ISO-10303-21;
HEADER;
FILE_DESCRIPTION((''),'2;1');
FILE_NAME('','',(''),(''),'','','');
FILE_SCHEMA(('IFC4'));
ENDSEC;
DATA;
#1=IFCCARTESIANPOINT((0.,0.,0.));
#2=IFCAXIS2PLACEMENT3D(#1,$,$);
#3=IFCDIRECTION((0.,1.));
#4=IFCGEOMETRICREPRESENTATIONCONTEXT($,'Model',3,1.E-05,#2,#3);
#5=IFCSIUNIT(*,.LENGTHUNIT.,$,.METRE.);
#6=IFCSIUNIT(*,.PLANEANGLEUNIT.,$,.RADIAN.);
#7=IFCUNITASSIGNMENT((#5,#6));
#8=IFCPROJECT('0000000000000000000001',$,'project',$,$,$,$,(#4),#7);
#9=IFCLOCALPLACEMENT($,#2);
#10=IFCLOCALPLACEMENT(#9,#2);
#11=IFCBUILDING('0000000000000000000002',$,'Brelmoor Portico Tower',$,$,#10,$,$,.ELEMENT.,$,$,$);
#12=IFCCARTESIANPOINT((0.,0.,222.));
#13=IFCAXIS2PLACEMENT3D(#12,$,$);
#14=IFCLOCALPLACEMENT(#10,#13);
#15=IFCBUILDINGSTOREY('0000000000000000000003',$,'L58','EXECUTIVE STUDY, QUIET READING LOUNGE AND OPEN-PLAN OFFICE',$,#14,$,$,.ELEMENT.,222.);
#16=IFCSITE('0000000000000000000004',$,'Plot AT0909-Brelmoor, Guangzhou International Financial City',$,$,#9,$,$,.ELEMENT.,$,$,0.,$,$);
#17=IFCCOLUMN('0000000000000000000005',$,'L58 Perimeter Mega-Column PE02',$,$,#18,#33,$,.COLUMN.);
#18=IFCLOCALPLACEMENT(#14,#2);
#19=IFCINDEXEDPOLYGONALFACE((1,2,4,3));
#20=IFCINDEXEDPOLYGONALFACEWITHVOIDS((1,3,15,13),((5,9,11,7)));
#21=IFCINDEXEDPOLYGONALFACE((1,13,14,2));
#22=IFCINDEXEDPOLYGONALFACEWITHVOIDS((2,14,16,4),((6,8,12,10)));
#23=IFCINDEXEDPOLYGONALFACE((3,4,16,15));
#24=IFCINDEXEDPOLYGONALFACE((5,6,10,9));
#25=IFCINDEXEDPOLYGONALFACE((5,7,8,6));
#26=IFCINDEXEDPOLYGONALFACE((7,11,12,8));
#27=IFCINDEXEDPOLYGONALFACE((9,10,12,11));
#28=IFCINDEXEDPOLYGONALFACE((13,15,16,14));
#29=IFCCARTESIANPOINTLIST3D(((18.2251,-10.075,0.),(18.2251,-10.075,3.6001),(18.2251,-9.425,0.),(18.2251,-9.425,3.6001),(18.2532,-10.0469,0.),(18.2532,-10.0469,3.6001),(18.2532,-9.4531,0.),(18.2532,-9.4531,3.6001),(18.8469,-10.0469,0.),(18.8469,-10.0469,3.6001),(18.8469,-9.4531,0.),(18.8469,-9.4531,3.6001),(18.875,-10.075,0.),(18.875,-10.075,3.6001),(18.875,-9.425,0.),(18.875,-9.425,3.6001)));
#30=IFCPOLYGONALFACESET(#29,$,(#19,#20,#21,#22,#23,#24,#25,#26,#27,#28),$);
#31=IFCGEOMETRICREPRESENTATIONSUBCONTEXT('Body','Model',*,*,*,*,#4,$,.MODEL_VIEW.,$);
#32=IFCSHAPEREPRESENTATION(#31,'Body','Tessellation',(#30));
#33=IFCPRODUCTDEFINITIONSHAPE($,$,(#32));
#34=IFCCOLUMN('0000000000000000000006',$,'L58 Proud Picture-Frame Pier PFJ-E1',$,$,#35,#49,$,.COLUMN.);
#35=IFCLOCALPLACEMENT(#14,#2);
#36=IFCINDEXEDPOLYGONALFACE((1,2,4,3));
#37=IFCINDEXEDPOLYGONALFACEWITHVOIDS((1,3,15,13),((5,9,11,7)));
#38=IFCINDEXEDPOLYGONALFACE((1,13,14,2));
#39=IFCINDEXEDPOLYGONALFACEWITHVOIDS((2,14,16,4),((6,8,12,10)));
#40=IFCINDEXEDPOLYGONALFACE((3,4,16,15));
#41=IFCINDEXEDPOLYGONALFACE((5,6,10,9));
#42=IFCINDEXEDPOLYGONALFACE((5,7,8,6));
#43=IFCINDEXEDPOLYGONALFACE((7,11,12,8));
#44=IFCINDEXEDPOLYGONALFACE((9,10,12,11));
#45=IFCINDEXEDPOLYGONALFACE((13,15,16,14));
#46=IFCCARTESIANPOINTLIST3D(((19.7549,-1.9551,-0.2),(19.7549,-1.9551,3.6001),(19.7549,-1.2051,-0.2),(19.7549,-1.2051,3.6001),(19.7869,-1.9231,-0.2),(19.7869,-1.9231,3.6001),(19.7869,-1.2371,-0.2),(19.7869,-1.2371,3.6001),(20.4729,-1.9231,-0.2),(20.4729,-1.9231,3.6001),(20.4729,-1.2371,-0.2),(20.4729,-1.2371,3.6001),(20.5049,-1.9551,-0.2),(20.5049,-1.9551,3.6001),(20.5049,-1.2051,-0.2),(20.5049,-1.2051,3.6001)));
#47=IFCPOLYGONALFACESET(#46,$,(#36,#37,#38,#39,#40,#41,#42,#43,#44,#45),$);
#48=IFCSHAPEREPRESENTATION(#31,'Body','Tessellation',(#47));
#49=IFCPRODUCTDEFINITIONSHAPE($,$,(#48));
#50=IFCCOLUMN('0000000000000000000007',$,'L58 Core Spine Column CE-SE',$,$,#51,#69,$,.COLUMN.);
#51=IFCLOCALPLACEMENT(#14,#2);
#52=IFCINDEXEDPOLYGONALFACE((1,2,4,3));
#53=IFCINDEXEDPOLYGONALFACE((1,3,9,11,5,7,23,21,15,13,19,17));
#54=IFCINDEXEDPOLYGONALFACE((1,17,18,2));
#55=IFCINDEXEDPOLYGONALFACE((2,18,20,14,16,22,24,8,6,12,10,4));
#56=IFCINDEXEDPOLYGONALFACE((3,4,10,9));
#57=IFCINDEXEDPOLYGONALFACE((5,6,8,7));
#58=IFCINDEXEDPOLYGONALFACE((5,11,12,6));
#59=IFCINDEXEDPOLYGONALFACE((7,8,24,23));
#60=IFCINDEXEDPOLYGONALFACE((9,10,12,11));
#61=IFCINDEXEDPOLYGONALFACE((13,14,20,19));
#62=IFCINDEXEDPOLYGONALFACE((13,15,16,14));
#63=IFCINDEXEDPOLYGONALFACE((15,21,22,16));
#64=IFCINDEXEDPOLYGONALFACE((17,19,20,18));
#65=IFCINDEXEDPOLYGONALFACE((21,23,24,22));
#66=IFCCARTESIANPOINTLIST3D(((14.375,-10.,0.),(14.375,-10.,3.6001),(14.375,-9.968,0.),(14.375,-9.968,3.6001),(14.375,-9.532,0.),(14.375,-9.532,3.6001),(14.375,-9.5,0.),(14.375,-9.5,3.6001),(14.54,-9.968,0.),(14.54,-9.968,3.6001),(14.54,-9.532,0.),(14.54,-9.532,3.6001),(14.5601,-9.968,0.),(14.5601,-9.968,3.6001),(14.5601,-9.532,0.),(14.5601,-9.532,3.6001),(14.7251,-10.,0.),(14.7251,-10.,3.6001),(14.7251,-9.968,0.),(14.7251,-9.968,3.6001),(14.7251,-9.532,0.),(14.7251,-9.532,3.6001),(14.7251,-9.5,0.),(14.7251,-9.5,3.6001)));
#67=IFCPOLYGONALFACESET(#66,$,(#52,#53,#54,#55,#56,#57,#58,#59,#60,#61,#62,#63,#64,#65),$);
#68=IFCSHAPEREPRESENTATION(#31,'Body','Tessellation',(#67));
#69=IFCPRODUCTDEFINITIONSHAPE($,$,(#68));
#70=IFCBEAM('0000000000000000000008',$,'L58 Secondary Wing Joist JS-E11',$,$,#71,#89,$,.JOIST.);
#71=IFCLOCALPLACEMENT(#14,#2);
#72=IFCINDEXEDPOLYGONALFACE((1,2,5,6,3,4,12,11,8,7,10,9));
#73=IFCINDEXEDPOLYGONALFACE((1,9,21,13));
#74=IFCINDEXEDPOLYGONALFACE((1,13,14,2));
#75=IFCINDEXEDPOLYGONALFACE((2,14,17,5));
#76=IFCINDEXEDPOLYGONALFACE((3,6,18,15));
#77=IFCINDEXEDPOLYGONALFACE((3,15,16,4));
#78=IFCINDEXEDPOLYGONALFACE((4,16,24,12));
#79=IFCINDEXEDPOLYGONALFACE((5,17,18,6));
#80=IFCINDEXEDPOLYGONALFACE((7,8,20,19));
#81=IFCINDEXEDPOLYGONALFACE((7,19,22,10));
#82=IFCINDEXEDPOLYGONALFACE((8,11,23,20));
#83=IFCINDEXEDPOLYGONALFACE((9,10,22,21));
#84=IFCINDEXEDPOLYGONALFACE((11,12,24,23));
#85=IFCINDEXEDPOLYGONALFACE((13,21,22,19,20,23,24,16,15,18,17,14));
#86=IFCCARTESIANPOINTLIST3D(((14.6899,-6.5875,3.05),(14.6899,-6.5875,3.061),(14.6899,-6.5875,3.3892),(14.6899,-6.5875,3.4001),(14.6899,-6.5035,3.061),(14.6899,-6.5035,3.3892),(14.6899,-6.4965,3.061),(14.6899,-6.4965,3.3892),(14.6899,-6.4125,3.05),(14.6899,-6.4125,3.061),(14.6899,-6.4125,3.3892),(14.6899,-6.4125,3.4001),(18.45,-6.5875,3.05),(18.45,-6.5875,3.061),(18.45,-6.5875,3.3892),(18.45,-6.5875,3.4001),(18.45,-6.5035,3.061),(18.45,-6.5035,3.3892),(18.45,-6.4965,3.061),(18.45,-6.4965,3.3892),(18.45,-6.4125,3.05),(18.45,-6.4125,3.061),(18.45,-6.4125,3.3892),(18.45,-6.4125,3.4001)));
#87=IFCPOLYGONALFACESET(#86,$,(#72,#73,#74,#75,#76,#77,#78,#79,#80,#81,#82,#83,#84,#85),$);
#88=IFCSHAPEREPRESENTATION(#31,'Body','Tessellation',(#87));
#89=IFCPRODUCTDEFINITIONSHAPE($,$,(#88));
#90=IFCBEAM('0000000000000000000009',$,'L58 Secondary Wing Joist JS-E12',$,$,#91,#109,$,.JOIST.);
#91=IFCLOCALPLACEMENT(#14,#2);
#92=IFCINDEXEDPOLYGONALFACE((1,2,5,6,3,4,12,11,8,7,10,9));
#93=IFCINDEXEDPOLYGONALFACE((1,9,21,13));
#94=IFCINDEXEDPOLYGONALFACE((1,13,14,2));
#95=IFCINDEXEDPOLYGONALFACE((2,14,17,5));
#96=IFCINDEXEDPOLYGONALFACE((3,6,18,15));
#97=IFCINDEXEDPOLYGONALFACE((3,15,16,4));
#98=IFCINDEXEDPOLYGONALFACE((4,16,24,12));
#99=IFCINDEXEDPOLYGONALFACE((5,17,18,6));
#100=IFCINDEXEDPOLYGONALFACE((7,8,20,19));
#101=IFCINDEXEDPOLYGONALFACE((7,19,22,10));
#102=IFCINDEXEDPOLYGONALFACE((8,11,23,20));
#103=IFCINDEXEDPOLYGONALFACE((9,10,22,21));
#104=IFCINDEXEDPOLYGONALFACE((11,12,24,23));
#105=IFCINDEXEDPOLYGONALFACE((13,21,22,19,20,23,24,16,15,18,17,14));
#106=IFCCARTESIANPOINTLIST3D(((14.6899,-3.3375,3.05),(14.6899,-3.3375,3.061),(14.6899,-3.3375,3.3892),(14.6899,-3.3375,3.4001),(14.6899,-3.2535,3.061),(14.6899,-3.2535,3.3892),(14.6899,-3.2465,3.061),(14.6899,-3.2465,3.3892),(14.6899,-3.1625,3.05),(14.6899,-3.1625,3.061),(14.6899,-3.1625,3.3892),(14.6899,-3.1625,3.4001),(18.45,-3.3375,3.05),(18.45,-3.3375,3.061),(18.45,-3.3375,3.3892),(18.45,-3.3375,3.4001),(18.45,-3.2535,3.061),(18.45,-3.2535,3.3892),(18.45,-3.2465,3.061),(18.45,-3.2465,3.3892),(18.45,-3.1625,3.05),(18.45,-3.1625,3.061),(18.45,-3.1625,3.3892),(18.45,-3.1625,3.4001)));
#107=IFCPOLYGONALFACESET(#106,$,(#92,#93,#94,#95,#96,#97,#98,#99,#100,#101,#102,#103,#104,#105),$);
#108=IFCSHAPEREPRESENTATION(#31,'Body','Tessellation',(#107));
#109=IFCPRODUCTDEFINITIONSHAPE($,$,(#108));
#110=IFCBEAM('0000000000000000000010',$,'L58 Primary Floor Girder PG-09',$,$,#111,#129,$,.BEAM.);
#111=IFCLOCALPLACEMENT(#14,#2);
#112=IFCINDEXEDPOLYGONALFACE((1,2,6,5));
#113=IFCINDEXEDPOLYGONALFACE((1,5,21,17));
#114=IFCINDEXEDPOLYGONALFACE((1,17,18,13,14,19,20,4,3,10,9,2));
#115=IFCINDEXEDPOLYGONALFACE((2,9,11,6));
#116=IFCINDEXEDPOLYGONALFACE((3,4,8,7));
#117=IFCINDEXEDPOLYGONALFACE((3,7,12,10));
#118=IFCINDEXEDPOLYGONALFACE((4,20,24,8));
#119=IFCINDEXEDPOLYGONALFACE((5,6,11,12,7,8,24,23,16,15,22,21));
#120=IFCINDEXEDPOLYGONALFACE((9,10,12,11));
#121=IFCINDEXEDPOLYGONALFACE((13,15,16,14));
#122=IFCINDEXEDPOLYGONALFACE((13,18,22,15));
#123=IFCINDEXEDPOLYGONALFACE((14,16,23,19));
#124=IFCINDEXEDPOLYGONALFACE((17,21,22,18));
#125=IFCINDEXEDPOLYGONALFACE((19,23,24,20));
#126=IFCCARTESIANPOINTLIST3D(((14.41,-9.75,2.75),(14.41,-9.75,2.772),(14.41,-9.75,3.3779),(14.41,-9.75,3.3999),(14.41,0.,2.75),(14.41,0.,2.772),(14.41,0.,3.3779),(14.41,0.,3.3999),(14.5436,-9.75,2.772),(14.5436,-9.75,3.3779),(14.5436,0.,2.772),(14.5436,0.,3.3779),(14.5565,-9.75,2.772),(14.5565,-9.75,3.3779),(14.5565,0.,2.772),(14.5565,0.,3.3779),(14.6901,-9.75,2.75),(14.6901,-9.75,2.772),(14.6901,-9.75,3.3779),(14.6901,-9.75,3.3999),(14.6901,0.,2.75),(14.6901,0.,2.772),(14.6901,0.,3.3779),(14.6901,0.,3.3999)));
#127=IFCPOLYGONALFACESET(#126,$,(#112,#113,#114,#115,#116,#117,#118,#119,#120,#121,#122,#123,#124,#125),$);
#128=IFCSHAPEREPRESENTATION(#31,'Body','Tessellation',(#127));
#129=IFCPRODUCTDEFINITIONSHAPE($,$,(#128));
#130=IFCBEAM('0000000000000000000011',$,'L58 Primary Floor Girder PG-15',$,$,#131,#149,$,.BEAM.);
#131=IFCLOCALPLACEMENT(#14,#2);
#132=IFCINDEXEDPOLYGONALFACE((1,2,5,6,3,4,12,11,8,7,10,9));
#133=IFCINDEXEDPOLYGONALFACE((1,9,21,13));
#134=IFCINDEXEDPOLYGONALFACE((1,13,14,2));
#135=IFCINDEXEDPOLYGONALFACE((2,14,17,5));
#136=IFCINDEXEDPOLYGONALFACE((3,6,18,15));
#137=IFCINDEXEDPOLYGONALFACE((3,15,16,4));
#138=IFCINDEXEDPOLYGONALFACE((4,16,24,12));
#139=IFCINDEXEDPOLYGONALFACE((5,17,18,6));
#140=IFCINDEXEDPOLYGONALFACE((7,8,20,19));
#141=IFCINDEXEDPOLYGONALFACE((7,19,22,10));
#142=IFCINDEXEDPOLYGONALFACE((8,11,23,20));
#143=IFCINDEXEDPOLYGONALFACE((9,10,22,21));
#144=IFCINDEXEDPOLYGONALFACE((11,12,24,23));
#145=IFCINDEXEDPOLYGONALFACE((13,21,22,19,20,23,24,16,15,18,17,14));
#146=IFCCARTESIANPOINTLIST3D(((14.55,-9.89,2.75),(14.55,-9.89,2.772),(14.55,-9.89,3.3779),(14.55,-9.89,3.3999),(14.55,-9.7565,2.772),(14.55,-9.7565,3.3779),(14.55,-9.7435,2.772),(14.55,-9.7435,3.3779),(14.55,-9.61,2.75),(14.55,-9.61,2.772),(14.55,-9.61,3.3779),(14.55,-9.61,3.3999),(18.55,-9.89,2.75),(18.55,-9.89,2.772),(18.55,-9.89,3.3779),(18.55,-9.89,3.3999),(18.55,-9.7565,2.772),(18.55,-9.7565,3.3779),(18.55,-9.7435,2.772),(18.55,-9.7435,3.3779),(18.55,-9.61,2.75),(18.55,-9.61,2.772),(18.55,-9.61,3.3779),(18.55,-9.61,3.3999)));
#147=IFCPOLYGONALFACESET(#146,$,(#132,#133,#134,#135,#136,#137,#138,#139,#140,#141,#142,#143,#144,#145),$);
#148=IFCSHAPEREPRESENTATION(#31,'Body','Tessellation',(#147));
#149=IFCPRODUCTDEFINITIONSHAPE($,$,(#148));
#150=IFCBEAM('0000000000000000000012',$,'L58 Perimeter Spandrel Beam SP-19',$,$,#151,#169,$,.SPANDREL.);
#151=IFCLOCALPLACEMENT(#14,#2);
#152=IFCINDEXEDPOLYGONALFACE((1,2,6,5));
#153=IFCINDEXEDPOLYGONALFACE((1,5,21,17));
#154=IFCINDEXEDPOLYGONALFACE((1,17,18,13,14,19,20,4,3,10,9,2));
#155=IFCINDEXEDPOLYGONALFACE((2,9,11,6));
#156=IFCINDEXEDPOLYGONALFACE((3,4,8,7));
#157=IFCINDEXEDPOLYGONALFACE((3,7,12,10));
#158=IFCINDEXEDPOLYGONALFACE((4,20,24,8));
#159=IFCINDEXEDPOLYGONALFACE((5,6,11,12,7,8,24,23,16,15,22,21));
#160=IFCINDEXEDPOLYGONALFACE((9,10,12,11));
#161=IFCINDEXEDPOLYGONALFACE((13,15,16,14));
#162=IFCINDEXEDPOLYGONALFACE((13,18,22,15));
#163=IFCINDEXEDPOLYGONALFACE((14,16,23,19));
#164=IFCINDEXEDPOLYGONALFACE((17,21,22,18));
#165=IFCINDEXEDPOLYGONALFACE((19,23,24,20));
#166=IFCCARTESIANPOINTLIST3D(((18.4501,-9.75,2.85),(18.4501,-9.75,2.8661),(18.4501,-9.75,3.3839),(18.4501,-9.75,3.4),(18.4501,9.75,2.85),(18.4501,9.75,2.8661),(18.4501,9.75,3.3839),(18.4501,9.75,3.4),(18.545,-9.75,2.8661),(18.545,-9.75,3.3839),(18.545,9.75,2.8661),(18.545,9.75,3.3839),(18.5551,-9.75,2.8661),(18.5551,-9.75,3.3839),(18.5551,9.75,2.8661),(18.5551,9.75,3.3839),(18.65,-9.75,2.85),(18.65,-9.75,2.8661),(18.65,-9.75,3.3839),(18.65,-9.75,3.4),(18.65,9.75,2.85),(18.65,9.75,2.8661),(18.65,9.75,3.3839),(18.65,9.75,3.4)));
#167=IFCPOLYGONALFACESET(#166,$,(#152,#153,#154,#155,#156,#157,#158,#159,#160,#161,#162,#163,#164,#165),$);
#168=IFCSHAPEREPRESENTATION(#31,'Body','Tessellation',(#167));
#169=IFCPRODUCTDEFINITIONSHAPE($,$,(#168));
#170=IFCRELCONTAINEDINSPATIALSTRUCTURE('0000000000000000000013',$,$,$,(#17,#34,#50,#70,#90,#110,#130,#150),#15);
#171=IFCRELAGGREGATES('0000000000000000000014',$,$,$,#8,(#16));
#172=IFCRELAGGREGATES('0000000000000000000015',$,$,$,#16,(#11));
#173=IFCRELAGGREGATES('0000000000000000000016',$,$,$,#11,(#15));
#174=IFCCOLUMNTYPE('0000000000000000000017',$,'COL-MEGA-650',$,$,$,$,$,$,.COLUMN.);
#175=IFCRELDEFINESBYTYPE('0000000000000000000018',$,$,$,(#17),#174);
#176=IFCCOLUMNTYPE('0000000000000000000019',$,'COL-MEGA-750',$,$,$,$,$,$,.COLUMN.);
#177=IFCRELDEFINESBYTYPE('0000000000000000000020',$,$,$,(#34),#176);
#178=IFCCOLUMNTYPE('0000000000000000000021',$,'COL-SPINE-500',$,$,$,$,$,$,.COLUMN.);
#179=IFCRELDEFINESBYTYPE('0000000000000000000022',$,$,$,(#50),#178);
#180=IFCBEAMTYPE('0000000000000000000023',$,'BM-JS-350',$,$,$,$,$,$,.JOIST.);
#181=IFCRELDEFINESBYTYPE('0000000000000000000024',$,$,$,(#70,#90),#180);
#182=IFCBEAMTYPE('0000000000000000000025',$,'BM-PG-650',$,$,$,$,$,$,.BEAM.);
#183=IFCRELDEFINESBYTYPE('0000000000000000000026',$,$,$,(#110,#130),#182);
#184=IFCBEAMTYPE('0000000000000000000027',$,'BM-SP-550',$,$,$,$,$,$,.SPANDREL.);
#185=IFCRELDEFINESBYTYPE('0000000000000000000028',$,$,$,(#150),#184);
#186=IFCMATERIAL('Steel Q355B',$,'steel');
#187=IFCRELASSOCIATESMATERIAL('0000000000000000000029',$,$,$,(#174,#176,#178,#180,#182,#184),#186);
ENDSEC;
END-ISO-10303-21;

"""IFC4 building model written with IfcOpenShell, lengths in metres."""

from ifc_helpers import new_model, si_unit, direction, frame, origin, origin_2d, place, context, subcontext, project, spatial, hollow_rectangle, i_section, extrude, material, material_profile, profile_set, type_object, element, save


model = new_model("IFC4")

# Units and contexts
model_context = context("Model", 3, precision=1e-05, world=origin(), true_north=direction((0.0, 1.0)))
body_context = subcontext(model_context, "Body", "Model", "MODEL_VIEW")
ifc_project = project(units=[si_unit("LENGTHUNIT", "METRE"), si_unit("PLANEANGLEUNIT", "RADIAN")], contexts=[model_context])

# Site, building, storey
site_placement = place(None, origin())
site = spatial("IfcSite", under=ifc_project, at=site_placement, Name="Plot AT0909-Brelmoor, Guangzhou International Financial City", CompositionType="ELEMENT", RefElevation=0.0)
building_placement = place(site_placement, origin())
building = spatial("IfcBuilding", under=site, at=building_placement, Name="Brelmoor Portico Tower", CompositionType="ELEMENT")
storey_placement = place(building_placement, frame((0.0, 0.0, 222.0)))
storey = spatial("IfcBuildingStorey", under=building, at=storey_placement, Name="L58", Description="EXECUTIVE STUDY, QUIET READING LOUNGE AND OPEN-PLAN OFFICE", CompositionType="ELEMENT", Elevation=222.0)

# Columns
ifc_material_1 = material(Name="Steel Q355B", Category="steel")
ifc_material_profile_1 = material_profile(ifc_material_1, hollow_rectangle(XDim=0.6499, YDim=0.6499, WallThickness=0.0281, at=origin_2d()), Name="BOX 650x650x28")
ifc_profile_set_1 = profile_set([ifc_material_profile_1], Name="Steel Q355B")
column_type_1 = type_object("IfcColumnType", Name="COL-MEGA-650", PredefinedType="COLUMN", material=ifc_profile_set_1)
column_1_placement = place(storey_placement, frame((18.55, -9.75, 0.0), z_axis=(0.0, 0.0, 1.0), x_axis=(0.0, 1.0, 0.0)))
element("IfcColumn", 1, at=column_1_placement, inside=storey, type_object=column_type_1, Name="L58 Perimeter Mega-Column PE02", PredefinedType="COLUMN", context=body_context, shape_type="SweptSolid", body=[
    extrude(hollow_rectangle(XDim=0.6499, YDim=0.6499, WallThickness=0.0281, at=origin_2d()), origin(), (0.0, 0.0, 1.0), 3.6001),
])
ifc_material_profile_2 = material_profile(ifc_material_1, hollow_rectangle(XDim=0.75, YDim=0.75, WallThickness=0.032, at=origin_2d()), Name="BOX 750x750x32")
ifc_profile_set_2 = profile_set([ifc_material_profile_2], Name="Steel Q355B")
column_type_2 = type_object("IfcColumnType", Name="COL-MEGA-750", PredefinedType="COLUMN", material=ifc_profile_set_2)
column_2_placement = place(storey_placement, frame((20.1299, -1.5801, -0.2), z_axis=(0.0, 0.0, 1.0), x_axis=(0.0, 1.0, 0.0)))
element("IfcColumn", 2, at=column_2_placement, inside=storey, type_object=column_type_2, Name="L58 Proud Picture-Frame Pier PFJ-E1", PredefinedType="COLUMN", context=body_context, shape_type="SweptSolid", body=[
    extrude(hollow_rectangle(XDim=0.75, YDim=0.75, WallThickness=0.032, at=origin_2d()), origin(), (0.0, 0.0, 1.0), 3.8),
])
ifc_material_profile_3 = material_profile(ifc_material_1, i_section(OverallWidth=0.3501, OverallDepth=0.5, WebThickness=0.02, FlangeThickness=0.032, at=origin_2d()), Name="HW 500x350x20x32")
ifc_profile_set_3 = profile_set([ifc_material_profile_3], Name="Steel Q355B")
column_type_3 = type_object("IfcColumnType", Name="COL-SPINE-500", PredefinedType="COLUMN", material=ifc_profile_set_3)
column_3_placement = place(storey_placement, frame((14.55, -9.75, 0.0), z_axis=(0.0, 0.0, 1.0), x_axis=(1.0, 0.0, 0.0)))
element("IfcColumn", 3, at=column_3_placement, inside=storey, type_object=column_type_3, Name="L58 Core Spine Column CE-SE", PredefinedType="COLUMN", context=body_context, shape_type="SweptSolid", body=[
    extrude(i_section(OverallWidth=0.3501, OverallDepth=0.5, WebThickness=0.02, FlangeThickness=0.032, at=origin_2d()), origin(), (0.0, 0.0, 1.0), 3.6001),
])

# Beams
ifc_material_profile_4 = material_profile(ifc_material_1, i_section(OverallWidth=0.175, OverallDepth=0.3501, WebThickness=0.0071, FlangeThickness=0.011, at=origin_2d()), Name="HN 350x175x7x11")
ifc_profile_set_4 = profile_set([ifc_material_profile_4], Name="Steel Q355B")
beam_type_1 = type_object("IfcBeamType", Name="BM-JS-350", PredefinedType="JOIST", material=ifc_profile_set_4)
for number, where, z_axis, x_axis, name in (
    (4, (14.6899, -6.5, 3.2251), (1.0, 0.0, 0.0), (0.0, 1.0, 0.0), "L58 Secondary Wing Joist JS-E11"),
    (5, (14.6899, -3.25, 3.2251), (1.0, 0.0, 0.0), (0.0, 1.0, 0.0), "L58 Secondary Wing Joist JS-E12"),
):
    element("IfcBeam", number, at=place(storey_placement, frame(where, z_axis=z_axis, x_axis=x_axis)), inside=storey, type_object=beam_type_1, Name=name, PredefinedType="JOIST", context=body_context, shape_type="SweptSolid", body=[
        extrude(i_section(OverallWidth=0.175, OverallDepth=0.3501, WebThickness=0.0071, FlangeThickness=0.011, at=origin_2d()), origin(), (0.0, 0.0, 1.0), 3.76),
    ])
ifc_material_profile_5 = material_profile(ifc_material_1, i_section(OverallWidth=0.28, OverallDepth=0.6499, WebThickness=0.0129, FlangeThickness=0.022, at=origin_2d()), Name="HN 650x280x13x22")
ifc_profile_set_5 = profile_set([ifc_material_profile_5], Name="Steel Q355B")
beam_type_2 = type_object("IfcBeamType", Name="BM-PG-650", PredefinedType="BEAM", material=ifc_profile_set_5)
beam_1_placement = place(storey_placement, frame((14.55, -9.75, 3.075), z_axis=(0.0, 1.0, 0.0), x_axis=(-1.0, 0.0, 0.0)))
element("IfcBeam", 6, at=beam_1_placement, inside=storey, type_object=beam_type_2, Name="L58 Primary Floor Girder PG-09", PredefinedType="BEAM", context=body_context, shape_type="SweptSolid", body=[
    extrude(i_section(OverallWidth=0.28, OverallDepth=0.6499, WebThickness=0.0129, FlangeThickness=0.022, at=origin_2d()), origin(), (0.0, 0.0, 1.0), 9.75),
])
beam_2_placement = place(storey_placement, frame((14.55, -9.75, 3.075), z_axis=(1.0, 0.0, 0.0), x_axis=(0.0, 1.0, 0.0)))
element("IfcBeam", 7, at=beam_2_placement, inside=storey, type_object=beam_type_2, Name="L58 Primary Floor Girder PG-15", PredefinedType="BEAM", context=body_context, shape_type="SweptSolid", body=[
    extrude(i_section(OverallWidth=0.28, OverallDepth=0.6499, WebThickness=0.0129, FlangeThickness=0.022, at=origin_2d()), origin(), (0.0, 0.0, 1.0), 4.0),
])
ifc_material_profile_6 = material_profile(ifc_material_1, i_section(OverallWidth=0.2, OverallDepth=0.55, WebThickness=0.01, FlangeThickness=0.0161, at=origin_2d()), Name="HN 550x200x10x16")
ifc_profile_set_6 = profile_set([ifc_material_profile_6], Name="Steel Q355B")
beam_type_3 = type_object("IfcBeamType", Name="BM-SP-550", PredefinedType="SPANDREL", material=ifc_profile_set_6)
beam_3_placement = place(storey_placement, frame((18.55, -9.75, 3.125), z_axis=(0.0, 1.0, 0.0), x_axis=(-1.0, 0.0, 0.0)))
element("IfcBeam", 8, at=beam_3_placement, inside=storey, type_object=beam_type_3, Name="L58 Perimeter Spandrel Beam SP-19", PredefinedType="SPANDREL", context=body_context, shape_type="SweptSolid", body=[
    extrude(i_section(OverallWidth=0.2, OverallDepth=0.55, WebThickness=0.01, FlangeThickness=0.0161, at=origin_2d()), origin(), (0.0, 0.0, 1.0), 19.5),
])

save(model, "model.ifc")
